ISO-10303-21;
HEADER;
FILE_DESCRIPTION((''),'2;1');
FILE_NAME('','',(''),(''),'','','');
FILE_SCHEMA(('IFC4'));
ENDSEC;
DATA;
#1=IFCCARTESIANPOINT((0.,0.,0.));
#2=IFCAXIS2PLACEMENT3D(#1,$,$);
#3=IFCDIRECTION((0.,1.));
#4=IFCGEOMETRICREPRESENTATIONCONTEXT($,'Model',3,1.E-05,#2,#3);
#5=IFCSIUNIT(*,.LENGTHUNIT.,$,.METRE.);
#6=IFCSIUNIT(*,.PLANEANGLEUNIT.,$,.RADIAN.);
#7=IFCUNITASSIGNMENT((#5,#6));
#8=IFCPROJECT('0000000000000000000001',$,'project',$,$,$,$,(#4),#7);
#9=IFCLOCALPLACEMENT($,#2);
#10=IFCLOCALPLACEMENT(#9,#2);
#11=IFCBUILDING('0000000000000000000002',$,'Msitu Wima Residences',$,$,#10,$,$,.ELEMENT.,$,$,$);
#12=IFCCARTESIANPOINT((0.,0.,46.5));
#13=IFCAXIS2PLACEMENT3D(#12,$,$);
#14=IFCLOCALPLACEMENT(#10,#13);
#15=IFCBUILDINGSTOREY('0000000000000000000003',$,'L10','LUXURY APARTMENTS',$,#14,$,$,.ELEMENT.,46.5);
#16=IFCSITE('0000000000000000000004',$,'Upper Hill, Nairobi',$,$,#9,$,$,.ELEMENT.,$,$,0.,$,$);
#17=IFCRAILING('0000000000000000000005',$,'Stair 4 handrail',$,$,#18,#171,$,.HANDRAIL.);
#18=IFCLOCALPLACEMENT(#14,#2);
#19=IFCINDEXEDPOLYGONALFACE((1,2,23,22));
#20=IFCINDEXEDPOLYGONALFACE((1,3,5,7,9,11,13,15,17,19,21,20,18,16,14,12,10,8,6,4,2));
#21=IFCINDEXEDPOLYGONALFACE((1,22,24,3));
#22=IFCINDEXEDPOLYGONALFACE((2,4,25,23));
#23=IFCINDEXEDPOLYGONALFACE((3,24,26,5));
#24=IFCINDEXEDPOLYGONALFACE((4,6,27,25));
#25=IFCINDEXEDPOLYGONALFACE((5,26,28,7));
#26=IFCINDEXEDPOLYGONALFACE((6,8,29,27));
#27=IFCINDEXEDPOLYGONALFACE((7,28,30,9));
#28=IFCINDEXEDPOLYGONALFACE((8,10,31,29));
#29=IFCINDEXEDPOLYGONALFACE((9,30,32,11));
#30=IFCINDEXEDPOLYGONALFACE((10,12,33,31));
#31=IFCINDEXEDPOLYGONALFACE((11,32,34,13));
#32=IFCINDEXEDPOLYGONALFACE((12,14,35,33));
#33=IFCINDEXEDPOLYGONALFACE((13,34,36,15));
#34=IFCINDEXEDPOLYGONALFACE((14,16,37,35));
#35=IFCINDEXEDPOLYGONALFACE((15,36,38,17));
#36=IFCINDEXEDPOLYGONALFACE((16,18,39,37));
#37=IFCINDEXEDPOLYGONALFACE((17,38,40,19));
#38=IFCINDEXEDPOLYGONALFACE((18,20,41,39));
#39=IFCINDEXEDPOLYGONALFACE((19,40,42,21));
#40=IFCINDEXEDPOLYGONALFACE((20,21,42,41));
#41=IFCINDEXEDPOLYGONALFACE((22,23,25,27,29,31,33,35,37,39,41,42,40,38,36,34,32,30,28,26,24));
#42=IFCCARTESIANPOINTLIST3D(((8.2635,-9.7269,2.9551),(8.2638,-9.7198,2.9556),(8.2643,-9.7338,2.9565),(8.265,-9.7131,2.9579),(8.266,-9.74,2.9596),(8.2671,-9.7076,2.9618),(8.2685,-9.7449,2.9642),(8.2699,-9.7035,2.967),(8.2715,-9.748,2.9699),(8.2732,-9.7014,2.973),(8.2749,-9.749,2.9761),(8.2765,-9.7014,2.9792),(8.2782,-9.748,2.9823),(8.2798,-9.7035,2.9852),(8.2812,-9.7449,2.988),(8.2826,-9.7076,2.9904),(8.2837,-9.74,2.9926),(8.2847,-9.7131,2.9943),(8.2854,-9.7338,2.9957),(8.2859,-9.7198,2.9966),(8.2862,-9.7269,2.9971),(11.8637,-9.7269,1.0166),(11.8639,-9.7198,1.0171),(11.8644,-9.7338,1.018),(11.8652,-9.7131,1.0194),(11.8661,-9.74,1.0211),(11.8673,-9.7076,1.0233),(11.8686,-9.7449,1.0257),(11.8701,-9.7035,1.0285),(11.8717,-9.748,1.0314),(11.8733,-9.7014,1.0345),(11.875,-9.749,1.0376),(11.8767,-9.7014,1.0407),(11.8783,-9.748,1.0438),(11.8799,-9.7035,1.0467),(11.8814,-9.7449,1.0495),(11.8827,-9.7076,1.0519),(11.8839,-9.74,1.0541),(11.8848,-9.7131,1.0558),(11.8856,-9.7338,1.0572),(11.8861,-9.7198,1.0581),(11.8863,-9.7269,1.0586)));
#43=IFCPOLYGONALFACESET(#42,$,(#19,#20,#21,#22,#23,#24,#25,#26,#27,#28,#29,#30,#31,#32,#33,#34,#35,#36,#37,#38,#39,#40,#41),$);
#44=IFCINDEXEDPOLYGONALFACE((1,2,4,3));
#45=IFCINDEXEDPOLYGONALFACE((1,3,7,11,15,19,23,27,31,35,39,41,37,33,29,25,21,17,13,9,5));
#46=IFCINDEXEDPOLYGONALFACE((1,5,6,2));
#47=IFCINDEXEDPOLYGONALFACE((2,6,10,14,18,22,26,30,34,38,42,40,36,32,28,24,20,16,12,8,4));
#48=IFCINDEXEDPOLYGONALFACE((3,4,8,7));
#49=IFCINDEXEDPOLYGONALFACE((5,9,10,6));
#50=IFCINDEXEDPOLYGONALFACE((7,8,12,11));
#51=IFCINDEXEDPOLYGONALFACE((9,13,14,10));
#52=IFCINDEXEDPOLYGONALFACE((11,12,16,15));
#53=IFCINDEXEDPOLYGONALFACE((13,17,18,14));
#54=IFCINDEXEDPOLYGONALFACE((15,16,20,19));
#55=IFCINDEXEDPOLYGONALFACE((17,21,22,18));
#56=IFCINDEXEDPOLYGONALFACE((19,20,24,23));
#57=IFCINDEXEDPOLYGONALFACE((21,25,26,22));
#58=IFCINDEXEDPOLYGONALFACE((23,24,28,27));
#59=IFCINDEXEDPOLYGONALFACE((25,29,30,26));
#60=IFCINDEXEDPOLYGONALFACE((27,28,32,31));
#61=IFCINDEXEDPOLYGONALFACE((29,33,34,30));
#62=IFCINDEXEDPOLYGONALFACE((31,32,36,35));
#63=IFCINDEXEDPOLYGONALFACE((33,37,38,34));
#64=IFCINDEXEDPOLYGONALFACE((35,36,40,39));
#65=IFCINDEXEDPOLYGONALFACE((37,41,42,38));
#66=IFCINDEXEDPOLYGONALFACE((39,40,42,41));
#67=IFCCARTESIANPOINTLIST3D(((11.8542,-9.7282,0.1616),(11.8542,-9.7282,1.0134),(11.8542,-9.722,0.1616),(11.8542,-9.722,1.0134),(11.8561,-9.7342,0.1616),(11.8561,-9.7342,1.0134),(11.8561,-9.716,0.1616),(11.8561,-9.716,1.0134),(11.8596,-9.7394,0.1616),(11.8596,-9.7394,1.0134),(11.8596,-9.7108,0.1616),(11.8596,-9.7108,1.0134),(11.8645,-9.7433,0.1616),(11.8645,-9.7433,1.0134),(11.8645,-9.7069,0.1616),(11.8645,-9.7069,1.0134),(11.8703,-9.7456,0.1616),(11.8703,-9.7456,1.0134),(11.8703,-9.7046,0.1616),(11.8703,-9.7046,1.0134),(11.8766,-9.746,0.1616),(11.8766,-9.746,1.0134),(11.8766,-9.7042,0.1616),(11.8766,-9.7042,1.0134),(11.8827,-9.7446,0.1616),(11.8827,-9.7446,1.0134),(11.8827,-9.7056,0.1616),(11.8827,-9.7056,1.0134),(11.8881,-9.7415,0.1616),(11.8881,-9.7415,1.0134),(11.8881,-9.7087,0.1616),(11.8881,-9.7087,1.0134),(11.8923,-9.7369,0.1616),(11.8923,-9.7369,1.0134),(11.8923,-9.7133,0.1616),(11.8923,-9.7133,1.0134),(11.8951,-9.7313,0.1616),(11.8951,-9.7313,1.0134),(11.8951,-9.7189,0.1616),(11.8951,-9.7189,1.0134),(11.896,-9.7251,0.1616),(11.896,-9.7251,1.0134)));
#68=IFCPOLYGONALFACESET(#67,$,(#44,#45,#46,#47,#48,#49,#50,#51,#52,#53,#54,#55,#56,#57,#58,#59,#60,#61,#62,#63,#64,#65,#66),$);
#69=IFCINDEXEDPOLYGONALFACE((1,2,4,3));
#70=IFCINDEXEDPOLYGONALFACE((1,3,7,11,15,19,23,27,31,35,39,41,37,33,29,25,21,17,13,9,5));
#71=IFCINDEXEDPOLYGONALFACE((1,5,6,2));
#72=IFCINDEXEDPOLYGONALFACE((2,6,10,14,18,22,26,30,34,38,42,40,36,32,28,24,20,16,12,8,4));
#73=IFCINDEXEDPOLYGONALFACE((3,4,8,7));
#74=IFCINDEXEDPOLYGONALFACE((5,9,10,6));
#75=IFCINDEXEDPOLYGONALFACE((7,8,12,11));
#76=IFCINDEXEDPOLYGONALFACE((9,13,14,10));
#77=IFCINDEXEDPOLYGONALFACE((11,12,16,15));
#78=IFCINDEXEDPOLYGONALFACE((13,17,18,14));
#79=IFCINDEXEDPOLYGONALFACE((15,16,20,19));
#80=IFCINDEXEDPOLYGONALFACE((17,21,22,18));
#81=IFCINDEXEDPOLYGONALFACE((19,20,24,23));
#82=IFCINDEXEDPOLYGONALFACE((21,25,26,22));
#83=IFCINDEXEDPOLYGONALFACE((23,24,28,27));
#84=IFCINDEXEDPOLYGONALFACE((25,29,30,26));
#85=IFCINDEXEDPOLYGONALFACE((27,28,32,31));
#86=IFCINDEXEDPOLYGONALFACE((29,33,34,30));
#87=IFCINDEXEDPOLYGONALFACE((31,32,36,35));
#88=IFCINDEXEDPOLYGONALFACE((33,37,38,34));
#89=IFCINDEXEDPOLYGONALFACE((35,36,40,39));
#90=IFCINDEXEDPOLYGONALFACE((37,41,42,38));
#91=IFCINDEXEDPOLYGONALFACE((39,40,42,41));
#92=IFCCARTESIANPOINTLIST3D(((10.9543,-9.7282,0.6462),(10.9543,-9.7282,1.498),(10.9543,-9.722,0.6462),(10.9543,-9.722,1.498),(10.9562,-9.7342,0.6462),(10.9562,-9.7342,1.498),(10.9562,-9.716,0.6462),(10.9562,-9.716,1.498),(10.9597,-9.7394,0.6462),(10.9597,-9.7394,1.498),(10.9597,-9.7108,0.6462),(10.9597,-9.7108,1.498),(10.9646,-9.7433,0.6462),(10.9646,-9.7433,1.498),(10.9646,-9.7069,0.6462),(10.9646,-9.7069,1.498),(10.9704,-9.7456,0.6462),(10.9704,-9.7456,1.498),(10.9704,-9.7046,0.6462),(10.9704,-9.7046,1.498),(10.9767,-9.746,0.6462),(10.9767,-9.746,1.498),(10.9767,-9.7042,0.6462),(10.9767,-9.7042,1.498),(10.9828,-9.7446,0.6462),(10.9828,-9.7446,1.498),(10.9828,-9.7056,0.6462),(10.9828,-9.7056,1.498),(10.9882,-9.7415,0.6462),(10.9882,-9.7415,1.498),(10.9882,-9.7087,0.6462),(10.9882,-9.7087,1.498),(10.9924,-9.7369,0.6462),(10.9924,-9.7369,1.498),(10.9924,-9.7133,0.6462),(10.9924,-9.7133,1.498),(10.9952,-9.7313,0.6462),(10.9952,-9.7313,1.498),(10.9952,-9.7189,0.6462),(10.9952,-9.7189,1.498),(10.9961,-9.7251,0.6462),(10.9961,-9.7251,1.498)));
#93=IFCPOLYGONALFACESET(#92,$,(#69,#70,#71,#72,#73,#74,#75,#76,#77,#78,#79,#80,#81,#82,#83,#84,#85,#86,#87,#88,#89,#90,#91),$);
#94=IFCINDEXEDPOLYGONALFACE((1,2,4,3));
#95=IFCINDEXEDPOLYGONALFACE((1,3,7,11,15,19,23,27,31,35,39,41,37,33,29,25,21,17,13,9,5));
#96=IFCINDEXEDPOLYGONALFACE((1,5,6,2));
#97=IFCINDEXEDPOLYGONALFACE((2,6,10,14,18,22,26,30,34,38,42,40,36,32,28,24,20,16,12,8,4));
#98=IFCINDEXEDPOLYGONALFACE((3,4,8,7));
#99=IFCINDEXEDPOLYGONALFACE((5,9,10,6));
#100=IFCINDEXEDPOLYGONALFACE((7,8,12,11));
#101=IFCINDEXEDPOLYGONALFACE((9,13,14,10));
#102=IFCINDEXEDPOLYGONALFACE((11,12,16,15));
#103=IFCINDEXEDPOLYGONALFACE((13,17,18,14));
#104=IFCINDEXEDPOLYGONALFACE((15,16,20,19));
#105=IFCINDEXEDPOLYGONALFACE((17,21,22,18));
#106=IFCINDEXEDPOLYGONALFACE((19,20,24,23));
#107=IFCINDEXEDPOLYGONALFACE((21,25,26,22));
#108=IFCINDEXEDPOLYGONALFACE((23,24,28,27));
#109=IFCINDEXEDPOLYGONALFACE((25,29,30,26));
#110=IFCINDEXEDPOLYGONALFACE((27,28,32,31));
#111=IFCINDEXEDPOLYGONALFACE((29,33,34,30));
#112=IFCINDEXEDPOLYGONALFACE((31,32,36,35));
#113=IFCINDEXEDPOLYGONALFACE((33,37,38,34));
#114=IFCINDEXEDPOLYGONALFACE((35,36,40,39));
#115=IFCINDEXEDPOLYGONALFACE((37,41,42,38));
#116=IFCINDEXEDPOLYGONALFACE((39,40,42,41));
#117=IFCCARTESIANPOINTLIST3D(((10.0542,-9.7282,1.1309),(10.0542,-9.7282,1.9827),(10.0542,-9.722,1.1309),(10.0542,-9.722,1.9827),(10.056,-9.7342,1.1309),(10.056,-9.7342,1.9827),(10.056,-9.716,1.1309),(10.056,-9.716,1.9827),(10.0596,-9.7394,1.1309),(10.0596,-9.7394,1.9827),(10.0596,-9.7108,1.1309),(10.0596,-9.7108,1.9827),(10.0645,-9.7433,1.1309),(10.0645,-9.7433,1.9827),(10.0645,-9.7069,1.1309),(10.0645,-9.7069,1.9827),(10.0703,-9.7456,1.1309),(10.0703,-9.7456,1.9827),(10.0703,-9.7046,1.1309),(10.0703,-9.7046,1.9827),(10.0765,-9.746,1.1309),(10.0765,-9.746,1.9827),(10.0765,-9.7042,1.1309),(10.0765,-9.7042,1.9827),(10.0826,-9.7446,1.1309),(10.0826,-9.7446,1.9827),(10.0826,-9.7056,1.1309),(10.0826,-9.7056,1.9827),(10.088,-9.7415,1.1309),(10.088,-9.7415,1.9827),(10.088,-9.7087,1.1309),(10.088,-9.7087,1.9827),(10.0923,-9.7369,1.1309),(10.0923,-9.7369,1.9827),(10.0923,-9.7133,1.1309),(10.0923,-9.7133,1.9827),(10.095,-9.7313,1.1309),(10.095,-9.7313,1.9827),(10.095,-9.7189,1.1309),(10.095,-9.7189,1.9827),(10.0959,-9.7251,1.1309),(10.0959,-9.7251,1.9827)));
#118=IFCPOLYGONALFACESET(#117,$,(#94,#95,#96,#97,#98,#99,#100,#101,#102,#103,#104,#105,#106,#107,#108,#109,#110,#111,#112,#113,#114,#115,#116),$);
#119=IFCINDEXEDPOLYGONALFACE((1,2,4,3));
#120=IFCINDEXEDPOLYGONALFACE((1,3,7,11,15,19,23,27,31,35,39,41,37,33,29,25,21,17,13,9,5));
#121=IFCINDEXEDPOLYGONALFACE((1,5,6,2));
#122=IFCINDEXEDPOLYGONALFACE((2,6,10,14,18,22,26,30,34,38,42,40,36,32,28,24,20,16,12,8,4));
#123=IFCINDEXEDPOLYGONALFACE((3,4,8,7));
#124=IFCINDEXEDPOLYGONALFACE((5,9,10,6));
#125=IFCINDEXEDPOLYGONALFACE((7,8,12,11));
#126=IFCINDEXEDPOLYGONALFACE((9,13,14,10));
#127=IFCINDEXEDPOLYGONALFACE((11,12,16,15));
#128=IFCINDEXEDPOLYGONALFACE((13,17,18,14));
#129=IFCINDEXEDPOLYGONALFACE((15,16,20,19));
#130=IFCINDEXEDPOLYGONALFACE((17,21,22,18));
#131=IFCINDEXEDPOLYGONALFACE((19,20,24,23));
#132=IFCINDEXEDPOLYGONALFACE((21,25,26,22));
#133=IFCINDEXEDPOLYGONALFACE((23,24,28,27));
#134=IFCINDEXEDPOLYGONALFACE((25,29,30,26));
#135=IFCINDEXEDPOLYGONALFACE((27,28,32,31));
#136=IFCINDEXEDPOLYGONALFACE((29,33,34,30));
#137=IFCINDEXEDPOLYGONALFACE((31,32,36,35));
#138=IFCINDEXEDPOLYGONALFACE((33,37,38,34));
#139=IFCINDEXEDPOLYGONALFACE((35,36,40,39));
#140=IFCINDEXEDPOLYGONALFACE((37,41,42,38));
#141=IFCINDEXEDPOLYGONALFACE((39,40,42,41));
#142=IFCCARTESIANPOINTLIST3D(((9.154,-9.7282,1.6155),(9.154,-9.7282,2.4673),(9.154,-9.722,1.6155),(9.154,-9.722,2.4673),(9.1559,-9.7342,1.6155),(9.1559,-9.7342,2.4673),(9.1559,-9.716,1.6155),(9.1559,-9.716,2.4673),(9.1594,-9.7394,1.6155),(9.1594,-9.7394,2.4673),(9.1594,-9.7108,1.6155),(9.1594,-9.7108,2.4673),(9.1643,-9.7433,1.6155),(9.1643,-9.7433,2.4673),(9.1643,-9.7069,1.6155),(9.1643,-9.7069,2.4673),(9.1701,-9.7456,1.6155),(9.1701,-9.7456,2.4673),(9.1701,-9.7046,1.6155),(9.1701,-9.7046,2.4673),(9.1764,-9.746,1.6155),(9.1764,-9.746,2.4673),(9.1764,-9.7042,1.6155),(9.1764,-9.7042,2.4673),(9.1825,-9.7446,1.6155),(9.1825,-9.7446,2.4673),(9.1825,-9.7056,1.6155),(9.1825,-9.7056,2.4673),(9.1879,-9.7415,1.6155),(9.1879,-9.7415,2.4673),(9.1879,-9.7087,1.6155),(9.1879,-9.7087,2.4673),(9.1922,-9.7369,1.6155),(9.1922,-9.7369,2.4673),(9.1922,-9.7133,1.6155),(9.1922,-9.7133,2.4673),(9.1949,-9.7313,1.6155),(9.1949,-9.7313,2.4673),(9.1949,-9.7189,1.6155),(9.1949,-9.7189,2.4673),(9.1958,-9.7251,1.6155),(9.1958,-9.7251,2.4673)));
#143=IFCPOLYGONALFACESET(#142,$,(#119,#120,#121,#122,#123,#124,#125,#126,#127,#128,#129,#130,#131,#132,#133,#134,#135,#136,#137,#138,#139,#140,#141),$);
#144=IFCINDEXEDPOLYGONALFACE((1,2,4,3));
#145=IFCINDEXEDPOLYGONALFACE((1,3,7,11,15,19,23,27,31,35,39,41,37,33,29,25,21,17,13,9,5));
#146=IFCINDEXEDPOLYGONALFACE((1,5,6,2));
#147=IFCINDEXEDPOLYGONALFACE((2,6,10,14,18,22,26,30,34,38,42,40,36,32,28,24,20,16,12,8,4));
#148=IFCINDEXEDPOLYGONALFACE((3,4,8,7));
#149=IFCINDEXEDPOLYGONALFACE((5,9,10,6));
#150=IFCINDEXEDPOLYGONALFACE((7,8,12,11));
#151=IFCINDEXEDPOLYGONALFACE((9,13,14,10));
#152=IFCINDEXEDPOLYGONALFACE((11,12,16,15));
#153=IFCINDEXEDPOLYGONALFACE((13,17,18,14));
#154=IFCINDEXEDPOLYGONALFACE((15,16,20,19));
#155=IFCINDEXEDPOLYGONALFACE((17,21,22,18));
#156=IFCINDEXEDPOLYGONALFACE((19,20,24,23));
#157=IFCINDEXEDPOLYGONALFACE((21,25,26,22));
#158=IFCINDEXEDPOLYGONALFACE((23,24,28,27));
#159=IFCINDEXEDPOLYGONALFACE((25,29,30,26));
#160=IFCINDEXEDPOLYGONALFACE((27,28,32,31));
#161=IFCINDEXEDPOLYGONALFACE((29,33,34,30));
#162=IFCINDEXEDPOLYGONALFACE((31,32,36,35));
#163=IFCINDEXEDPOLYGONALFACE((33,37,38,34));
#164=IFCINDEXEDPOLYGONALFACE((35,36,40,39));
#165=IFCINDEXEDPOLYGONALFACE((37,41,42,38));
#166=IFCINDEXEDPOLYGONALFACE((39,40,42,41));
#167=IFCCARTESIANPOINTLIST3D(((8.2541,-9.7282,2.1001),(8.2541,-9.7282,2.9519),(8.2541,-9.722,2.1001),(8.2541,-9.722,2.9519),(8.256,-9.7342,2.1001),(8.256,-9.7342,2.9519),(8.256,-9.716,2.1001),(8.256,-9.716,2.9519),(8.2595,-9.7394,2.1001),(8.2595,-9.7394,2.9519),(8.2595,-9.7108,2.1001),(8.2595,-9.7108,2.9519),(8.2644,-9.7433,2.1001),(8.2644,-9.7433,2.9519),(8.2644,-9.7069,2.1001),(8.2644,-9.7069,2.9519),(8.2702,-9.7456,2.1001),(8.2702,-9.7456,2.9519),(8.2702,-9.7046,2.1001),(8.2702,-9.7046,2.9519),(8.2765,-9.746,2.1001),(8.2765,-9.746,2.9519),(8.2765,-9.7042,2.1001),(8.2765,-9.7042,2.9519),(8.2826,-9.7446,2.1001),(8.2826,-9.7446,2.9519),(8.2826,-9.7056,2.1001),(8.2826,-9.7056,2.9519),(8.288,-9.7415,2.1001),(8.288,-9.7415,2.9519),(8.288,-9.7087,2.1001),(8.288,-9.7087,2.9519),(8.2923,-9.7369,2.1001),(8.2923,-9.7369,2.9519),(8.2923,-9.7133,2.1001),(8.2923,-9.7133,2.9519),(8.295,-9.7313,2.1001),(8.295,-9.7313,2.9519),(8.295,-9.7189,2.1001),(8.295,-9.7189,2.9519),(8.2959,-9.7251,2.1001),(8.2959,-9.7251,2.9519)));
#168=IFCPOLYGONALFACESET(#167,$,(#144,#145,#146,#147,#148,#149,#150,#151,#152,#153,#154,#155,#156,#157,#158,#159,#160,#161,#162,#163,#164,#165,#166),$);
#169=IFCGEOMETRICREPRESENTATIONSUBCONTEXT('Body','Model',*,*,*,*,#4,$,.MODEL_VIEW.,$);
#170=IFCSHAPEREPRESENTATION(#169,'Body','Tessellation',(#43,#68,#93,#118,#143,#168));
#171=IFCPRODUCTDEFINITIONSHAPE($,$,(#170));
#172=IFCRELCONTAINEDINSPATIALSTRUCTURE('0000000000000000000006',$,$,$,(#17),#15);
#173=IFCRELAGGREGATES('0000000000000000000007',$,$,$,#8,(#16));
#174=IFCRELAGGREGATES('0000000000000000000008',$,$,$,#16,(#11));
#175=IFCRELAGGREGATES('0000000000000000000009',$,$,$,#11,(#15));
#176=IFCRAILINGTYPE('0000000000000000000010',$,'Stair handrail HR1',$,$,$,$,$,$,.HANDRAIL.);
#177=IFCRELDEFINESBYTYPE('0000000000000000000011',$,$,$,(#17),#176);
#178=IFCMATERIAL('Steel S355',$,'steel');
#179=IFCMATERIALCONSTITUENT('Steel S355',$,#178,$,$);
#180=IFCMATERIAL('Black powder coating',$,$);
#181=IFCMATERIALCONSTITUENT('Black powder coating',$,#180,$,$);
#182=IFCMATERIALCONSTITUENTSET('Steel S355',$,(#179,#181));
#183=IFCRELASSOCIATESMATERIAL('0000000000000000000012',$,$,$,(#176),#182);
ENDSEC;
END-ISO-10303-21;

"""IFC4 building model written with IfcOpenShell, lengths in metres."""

from ifc_helpers import new_model, si_unit, direction, frame, origin, origin_2d, place, context, subcontext, project, spatial, circle, extrude, material, constituent, constituent_set, type_object, element, save


model = new_model("IFC4")

# Units and contexts
model_context = context("Model", 3, precision=1e-05, world=origin(), true_north=direction((0.0, 1.0)))
body_context = subcontext(model_context, "Body", "Model", "MODEL_VIEW")
ifc_project = project(units=[si_unit("LENGTHUNIT", "METRE"), si_unit("PLANEANGLEUNIT", "RADIAN")], contexts=[model_context])

# Site, building, storey
site_placement = place(None, origin())
site = spatial("IfcSite", under=ifc_project, at=site_placement, Name="Upper Hill, Nairobi", CompositionType="ELEMENT", RefElevation=0.0)
building_placement = place(site_placement, origin())
building = spatial("IfcBuilding", under=site, at=building_placement, Name="Msitu Wima Residences", CompositionType="ELEMENT")
storey_placement = place(building_placement, frame((0.0, 0.0, 46.5)))
storey = spatial("IfcBuildingStorey", under=building, at=storey_placement, Name="L10", Description="LUXURY APARTMENTS", CompositionType="ELEMENT", Elevation=46.5)

# Railing
ifc_material_1 = material(Name="Steel S355", Category="steel")
ifc_constituent_1 = constituent(ifc_material_1, Name="Steel S355")
ifc_material_2 = material(Name="Black powder coating")
ifc_constituent_2 = constituent(ifc_material_2, Name="Black powder coating")
ifc_constituent_set = constituent_set(constituents=[ifc_constituent_1, ifc_constituent_2], Name="Steel S355")
railing_type = type_object("IfcRailingType", Name="Stair handrail HR1", PredefinedType="HANDRAIL", material=ifc_constituent_set)
for number, where, name in (
    (1, (11.875, -9.7251, 0.1616), "Stair 4 handrail"),
):
    element("IfcRailing", number, at=place(storey_placement, frame(where)), inside=storey, type_object=railing_type, Name=name, PredefinedType="HANDRAIL", context=body_context, shape_type="SweptSolid", body=[
        extrude(circle(Radius=0.0239, at=origin_2d()), frame((0.0, 0.0, 0.876), z_axis=(-0.880475, 0.0, 0.474093), x_axis=(0.0, -1.0, 0.0)), (0.0, 0.0, 1.0), 4.0889),
        extrude(circle(Radius=0.021, at=origin_2d()), origin(), (0.0, 0.0, 1.0), 0.8518),
        extrude(circle(Radius=0.021, at=origin_2d()), frame((-0.8999, 0.0, 0.4846)), (0.0, 0.0, 1.0), 0.8518),
        extrude(circle(Radius=0.021, at=origin_2d()), frame((-1.8, 0.0, 0.9692)), (0.0, 0.0, 1.0), 0.8518),
        extrude(circle(Radius=0.021, at=origin_2d()), frame((-2.7002, 0.0, 1.4539)), (0.0, 0.0, 1.0), 0.8518),
        extrude(circle(Radius=0.021, at=origin_2d()), frame((-3.6001, 0.0, 1.9385)), (0.0, 0.0, 1.0), 0.8518),
    ])

save(model, "model.ifc")
